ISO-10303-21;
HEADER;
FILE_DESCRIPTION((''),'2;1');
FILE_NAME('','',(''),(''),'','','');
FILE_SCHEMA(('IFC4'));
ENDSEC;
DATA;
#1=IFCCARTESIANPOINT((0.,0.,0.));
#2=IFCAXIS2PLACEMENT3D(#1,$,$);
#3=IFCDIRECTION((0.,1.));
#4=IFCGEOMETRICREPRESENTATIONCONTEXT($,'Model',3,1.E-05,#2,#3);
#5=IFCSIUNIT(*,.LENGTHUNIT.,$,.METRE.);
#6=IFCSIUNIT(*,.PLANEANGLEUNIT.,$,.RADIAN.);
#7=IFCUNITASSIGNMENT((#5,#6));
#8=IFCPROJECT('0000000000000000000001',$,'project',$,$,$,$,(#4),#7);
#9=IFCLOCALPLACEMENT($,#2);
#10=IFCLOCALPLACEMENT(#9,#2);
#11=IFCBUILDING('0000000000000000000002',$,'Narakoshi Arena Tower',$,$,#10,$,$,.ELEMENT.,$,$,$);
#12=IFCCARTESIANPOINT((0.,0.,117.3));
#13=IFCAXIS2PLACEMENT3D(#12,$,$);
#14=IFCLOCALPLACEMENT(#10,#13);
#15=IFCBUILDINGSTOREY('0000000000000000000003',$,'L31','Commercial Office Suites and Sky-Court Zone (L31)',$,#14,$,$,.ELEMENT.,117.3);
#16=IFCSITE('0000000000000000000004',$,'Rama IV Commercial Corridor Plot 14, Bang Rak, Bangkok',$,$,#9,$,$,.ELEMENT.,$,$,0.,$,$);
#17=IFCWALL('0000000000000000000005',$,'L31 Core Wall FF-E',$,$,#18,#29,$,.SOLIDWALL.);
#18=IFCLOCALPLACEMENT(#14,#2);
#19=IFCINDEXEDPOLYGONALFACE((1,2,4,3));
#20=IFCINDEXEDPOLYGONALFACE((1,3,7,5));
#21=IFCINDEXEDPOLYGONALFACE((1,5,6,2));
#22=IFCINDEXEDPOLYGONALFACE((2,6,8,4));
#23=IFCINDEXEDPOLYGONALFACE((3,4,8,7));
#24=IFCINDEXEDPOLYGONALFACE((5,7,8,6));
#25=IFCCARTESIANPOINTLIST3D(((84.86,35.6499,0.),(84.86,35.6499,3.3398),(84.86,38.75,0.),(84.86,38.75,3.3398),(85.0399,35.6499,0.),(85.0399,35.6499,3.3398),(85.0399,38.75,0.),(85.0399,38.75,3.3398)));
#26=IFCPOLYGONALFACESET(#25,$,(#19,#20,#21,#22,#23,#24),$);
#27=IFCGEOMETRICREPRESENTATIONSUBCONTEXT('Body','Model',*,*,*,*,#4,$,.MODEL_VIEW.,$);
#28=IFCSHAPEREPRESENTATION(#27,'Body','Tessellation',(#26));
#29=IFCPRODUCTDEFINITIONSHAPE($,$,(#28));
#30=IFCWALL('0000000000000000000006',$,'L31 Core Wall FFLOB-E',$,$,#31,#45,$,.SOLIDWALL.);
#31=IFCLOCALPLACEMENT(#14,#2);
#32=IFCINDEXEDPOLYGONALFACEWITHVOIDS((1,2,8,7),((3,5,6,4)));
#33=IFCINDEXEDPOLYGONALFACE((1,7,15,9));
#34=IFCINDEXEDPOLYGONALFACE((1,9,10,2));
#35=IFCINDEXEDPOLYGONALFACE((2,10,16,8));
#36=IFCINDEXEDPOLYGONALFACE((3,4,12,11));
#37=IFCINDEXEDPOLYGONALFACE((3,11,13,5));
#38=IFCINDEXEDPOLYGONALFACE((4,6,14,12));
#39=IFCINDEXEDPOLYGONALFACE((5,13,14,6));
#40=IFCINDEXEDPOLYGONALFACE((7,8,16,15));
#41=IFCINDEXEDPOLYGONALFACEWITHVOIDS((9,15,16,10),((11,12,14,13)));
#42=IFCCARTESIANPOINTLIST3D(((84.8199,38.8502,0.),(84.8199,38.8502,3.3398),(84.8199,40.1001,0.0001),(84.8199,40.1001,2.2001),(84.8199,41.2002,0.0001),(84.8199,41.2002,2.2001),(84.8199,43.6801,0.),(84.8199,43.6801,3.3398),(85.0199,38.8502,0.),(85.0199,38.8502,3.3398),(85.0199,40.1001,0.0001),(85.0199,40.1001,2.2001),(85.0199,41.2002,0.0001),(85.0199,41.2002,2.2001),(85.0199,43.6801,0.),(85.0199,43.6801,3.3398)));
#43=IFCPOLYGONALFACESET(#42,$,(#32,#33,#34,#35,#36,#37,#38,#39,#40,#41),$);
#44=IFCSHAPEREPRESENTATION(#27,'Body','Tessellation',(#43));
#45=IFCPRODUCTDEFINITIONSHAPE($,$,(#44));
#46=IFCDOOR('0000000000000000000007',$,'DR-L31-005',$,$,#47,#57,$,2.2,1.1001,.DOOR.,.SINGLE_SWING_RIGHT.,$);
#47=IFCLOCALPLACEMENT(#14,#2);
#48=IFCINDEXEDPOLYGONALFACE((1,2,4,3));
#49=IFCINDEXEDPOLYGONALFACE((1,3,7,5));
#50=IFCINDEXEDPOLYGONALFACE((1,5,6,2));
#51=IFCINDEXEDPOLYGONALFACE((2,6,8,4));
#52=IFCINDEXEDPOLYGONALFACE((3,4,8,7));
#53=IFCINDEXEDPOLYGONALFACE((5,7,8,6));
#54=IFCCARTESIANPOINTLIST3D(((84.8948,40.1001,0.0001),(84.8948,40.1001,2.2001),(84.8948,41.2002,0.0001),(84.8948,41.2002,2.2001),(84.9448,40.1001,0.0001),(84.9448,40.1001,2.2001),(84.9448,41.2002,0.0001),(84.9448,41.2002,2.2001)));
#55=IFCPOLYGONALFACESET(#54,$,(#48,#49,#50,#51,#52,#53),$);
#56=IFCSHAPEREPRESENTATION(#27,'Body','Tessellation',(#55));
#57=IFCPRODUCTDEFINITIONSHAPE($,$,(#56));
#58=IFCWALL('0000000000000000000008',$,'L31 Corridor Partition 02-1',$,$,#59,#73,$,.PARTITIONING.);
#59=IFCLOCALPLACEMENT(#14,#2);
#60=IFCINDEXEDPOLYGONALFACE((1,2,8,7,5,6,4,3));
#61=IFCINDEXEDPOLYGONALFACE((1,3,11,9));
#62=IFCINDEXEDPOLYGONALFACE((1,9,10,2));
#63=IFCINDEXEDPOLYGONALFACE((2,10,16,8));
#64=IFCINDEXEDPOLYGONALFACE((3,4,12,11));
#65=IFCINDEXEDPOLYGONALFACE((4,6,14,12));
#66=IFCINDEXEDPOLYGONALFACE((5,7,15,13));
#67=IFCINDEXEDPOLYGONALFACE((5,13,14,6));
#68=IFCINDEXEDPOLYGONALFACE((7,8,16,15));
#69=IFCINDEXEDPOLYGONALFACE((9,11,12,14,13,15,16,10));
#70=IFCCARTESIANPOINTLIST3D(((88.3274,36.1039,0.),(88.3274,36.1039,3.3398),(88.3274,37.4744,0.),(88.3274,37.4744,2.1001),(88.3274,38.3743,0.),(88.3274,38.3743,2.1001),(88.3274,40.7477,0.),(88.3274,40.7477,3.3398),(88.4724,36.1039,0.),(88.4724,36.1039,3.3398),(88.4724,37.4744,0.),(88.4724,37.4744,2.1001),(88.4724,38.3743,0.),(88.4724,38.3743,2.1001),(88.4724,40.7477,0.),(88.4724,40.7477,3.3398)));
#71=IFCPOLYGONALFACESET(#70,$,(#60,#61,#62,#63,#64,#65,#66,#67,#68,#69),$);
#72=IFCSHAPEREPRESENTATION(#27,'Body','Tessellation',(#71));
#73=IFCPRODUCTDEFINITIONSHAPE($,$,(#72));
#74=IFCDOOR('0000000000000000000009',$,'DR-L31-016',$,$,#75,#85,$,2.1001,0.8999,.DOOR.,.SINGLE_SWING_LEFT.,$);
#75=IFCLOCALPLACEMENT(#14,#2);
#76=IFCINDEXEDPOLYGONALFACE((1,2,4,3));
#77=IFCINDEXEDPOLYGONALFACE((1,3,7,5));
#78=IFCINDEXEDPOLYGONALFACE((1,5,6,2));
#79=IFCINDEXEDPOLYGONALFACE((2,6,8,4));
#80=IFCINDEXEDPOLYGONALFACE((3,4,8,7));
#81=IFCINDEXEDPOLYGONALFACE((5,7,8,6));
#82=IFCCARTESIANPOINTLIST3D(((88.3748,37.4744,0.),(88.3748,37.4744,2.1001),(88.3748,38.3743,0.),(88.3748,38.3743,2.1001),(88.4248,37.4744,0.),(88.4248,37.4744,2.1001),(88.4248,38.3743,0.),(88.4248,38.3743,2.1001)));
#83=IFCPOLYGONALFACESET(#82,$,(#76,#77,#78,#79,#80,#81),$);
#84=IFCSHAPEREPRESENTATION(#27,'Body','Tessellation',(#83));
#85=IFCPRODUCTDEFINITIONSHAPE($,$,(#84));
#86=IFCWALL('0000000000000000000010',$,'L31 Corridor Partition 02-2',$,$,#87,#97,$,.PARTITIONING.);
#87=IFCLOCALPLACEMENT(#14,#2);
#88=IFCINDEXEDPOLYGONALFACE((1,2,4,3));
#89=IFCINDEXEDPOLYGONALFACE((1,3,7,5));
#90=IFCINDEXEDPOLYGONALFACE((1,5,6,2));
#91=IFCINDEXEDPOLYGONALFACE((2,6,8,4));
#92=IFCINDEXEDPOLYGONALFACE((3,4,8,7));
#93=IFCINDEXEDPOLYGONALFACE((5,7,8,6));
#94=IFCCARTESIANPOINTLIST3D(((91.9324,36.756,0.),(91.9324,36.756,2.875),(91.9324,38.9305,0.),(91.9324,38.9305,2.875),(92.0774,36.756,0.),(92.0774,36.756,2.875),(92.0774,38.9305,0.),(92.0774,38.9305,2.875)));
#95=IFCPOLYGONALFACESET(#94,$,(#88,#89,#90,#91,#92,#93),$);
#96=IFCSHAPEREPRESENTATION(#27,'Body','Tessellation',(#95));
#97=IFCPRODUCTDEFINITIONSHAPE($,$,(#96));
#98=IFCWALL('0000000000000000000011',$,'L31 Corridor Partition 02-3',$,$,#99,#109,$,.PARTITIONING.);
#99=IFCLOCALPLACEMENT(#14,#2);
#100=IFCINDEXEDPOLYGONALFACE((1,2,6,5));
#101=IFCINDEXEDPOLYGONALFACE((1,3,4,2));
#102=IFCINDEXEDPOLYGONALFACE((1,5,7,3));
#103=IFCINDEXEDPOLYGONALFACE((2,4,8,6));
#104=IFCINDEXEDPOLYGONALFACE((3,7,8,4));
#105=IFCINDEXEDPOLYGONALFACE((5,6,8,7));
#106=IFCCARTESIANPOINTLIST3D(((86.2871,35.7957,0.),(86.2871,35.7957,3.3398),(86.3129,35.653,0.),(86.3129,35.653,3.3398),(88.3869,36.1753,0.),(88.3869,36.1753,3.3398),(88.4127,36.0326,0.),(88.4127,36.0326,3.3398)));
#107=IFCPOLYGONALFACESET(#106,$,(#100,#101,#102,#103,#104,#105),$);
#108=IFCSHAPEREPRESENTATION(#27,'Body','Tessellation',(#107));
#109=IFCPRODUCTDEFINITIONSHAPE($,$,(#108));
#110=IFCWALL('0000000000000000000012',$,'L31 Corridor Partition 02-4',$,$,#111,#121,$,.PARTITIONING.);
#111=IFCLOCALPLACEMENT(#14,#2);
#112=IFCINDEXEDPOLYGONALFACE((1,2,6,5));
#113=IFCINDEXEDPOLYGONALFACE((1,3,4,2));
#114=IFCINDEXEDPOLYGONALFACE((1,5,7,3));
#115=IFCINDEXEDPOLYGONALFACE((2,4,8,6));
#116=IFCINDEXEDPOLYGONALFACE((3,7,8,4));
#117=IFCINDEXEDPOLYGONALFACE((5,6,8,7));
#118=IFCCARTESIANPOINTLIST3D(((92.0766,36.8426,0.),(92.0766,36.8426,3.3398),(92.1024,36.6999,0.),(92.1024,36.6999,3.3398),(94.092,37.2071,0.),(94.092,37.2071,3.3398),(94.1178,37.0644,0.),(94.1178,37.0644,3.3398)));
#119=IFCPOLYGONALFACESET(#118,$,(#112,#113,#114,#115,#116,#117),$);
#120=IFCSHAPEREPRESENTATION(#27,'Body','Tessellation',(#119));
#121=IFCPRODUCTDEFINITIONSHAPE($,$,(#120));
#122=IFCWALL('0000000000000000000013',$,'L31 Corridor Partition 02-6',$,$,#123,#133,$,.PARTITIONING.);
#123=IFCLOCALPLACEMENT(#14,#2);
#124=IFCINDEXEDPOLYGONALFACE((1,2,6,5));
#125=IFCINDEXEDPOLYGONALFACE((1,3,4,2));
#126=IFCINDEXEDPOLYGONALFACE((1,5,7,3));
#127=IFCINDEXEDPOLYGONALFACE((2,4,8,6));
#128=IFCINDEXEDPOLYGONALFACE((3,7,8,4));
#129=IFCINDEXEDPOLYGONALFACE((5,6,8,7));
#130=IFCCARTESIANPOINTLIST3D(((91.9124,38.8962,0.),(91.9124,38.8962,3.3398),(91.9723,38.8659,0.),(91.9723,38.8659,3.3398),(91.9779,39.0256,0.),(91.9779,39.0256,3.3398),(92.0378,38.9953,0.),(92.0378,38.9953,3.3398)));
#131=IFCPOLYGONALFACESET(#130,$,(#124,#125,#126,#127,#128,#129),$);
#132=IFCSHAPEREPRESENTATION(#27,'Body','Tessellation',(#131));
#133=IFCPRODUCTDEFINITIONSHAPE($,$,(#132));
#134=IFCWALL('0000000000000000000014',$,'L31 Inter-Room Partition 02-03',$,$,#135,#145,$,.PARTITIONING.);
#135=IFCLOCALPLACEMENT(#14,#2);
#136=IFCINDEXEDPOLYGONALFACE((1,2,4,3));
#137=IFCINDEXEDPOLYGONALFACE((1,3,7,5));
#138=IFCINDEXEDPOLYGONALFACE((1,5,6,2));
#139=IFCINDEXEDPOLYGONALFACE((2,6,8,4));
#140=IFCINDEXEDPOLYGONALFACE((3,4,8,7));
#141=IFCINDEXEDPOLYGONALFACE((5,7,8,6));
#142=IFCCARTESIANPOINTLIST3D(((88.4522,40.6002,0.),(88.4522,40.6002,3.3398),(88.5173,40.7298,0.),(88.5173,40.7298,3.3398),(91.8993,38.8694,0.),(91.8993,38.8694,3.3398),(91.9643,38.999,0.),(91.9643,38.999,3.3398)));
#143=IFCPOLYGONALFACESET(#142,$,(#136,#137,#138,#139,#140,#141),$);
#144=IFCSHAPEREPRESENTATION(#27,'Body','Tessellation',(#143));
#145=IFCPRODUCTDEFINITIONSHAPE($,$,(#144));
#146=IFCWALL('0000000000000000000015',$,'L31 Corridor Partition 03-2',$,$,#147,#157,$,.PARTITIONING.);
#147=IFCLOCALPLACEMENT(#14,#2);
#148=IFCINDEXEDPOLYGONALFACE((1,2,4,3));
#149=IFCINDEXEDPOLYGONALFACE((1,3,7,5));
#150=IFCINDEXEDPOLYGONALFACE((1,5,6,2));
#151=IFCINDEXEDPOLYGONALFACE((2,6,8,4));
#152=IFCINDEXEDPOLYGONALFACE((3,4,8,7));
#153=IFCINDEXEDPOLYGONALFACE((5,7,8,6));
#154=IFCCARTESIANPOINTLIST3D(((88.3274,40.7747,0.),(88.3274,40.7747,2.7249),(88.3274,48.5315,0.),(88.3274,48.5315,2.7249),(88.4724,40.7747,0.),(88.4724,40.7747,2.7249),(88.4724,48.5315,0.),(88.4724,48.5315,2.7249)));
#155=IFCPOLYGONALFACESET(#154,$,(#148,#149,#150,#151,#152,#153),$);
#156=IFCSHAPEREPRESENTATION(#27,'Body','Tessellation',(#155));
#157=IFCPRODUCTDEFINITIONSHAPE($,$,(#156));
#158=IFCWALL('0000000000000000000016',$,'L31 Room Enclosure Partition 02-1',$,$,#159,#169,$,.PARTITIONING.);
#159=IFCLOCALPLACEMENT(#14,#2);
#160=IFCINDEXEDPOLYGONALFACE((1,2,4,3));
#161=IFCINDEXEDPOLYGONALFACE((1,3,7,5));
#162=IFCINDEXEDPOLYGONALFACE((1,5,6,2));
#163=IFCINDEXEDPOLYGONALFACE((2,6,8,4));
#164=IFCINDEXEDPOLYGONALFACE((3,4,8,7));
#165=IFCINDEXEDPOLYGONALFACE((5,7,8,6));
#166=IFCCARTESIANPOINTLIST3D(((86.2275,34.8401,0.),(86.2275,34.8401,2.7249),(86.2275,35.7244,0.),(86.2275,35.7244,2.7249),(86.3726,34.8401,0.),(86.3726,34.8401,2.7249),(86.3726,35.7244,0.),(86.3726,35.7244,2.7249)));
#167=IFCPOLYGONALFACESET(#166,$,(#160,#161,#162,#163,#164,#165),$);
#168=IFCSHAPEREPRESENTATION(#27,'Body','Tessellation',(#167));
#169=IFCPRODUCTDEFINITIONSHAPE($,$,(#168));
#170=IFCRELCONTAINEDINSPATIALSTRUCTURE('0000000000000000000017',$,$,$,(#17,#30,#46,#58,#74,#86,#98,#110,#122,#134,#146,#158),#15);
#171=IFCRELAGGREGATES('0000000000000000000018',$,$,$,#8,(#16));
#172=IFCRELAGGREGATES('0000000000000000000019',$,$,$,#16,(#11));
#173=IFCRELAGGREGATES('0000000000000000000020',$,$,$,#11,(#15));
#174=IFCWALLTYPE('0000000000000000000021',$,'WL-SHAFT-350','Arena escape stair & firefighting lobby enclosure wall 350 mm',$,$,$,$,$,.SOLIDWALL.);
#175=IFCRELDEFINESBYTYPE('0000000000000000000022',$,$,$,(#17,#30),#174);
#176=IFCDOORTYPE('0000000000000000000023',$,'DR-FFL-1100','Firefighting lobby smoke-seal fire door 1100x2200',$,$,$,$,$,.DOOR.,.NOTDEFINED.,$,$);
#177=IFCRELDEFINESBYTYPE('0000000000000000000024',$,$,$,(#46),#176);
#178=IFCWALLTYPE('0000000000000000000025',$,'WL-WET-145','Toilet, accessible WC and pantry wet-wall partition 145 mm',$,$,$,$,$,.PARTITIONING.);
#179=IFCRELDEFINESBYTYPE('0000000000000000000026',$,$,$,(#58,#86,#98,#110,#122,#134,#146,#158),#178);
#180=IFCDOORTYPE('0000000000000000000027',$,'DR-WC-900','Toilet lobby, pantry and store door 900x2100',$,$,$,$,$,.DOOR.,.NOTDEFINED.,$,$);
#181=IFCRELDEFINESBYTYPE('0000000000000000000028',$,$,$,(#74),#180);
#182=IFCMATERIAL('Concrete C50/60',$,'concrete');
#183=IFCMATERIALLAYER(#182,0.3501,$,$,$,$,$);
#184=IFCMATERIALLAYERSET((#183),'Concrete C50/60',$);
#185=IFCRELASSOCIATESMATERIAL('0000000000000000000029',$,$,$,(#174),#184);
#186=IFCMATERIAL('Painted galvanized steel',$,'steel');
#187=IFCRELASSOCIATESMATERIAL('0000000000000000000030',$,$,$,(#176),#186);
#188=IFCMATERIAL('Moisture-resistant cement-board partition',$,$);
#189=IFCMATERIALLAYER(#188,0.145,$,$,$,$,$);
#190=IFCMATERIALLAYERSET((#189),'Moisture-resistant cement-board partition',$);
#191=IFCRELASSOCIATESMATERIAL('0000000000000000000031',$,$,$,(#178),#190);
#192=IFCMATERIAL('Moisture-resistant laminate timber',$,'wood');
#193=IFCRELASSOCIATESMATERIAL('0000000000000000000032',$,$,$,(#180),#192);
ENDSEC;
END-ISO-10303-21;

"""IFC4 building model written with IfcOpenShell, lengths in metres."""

from ifc_helpers import new_model, si_unit, direction, frame, frame_2d, origin, place, context, subcontext, project, spatial, rectangle, extrude, material, layer, layer_set, type_object, element, fill, save


model = new_model("IFC4")

# Units and contexts
model_context = context("Model", 3, precision=1e-05, world=origin(), true_north=direction((0.0, 1.0)))
body_context = subcontext(model_context, "Body", "Model", "MODEL_VIEW")
ifc_project = project(units=[si_unit("LENGTHUNIT", "METRE"), si_unit("PLANEANGLEUNIT", "RADIAN")], contexts=[model_context])

# Site, building, storey
site_placement = place(None, origin())
site = spatial("IfcSite", under=ifc_project, at=site_placement, Name="Rama IV Commercial Corridor Plot 14, Bang Rak, Bangkok", CompositionType="ELEMENT", RefElevation=0.0)
building_placement = place(site_placement, origin())
building = spatial("IfcBuilding", under=site, at=building_placement, Name="Narakoshi Arena Tower", CompositionType="ELEMENT")
storey_placement = place(building_placement, frame((0.0, 0.0, 117.3)))
storey = spatial("IfcBuildingStorey", under=building, at=storey_placement, Name="L31", Description="Commercial Office Suites and Sky-Court Zone (L31)", CompositionType="ELEMENT", Elevation=117.3)

# Wall
ifc_material_1 = material(Name="Concrete C50/60", Category="concrete")
ifc_layer_1 = layer(ifc_material_1, 0.3501)
ifc_layer_set_1 = layer_set([ifc_layer_1], Name="Concrete C50/60")
wall_type_1 = type_object("IfcWallType", Name="WL-SHAFT-350", Description="Arena escape stair & firefighting lobby enclosure wall 350 mm", PredefinedType="SOLIDWALL", material=ifc_layer_set_1)
wall_1_placement = place(storey_placement, frame((84.95, 35.6499, 0.0), z_axis=(0.0, 0.0, 1.0), x_axis=(0.0, 1.0, 0.0)))
element("IfcWall", 1, at=wall_1_placement, inside=storey, type_object=wall_type_1, Name="L31 Core Wall FF-E", PredefinedType="SOLIDWALL", context=body_context, shape_type="SweptSolid", body=[
    extrude(rectangle(XDim=3.1001, YDim=0.1799, at=frame_2d((1.55, 0.0))), origin(), (0.0, 0.0, 1.0), 3.3398),
])

# Walls, openings, doors
wall_2_placement = place(storey_placement, frame((84.9199, 38.8501, 0.0), z_axis=(0.0, 0.0, 1.0), x_axis=(0.0, 1.0, 0.0)))
wall_2 = element("IfcWall", 2, at=wall_2_placement, inside=storey, type_object=wall_type_1, Name="L31 Core Wall FFLOB-E", PredefinedType="SOLIDWALL", context=body_context, shape_type="SweptSolid", body=[
    extrude(rectangle(XDim=4.8298, YDim=0.2, at=frame_2d((2.415, 0.0))), origin(), (0.0, 0.0, 1.0), 3.3398),
])
opening_1_placement = place(wall_2_placement, frame((1.25, 0.0, 0.0)))
opening_1 = element("IfcOpeningElement", 3, at=opening_1_placement, cuts=wall_2, PredefinedType="OPENING", context=body_context, shape_type="SweptSolid", body=[
    extrude(rectangle(XDim=1.1001, YDim=2.2, at=frame_2d((0.55, 1.1001))), frame((0.0, 0.1099, 0.0), z_axis=(0.0, -1.0, 0.0), x_axis=(1.0, 0.0, 0.0)), (0.0, 0.0, 1.0), 0.22),
])
ifc_material_2 = material(Name="Painted galvanized steel", Category="steel")
door_type_1 = type_object("IfcDoorType", Name="DR-FFL-1100", Description="Firefighting lobby smoke-seal fire door 1100x2200", OperationType="NOTDEFINED", PredefinedType="DOOR", material=ifc_material_2)
door_1_placement = place(opening_1_placement, frame((1.1001, 0.0, 0.0), z_axis=(0.0, 0.0, 1.0), x_axis=(-1.0, 0.0, 0.0)))
door_1 = element("IfcDoor", 4, at=door_1_placement, inside=storey, type_object=door_type_1, Name="DR-L31-005", OperationType="SINGLE_SWING_RIGHT", OverallHeight=2.2, OverallWidth=1.1001, PredefinedType="DOOR", context=body_context, shape_type="SweptSolid", body=[
    extrude(rectangle(XDim=1.1001, YDim=2.2, at=frame_2d((0.55, 1.1001))), frame((0.0, 0.0249, 0.0), z_axis=(0.0, -1.0, 0.0), x_axis=(1.0, 0.0, 0.0)), (0.0, 0.0, 1.0), 0.05),
])
fill(opening_1, door_1)
ifc_material_3 = material(Name="Moisture-resistant cement-board partition")
ifc_layer_2 = layer(ifc_material_3, 0.145)
ifc_layer_set_2 = layer_set([ifc_layer_2], Name="Moisture-resistant cement-board partition")
wall_type_2 = type_object("IfcWallType", Name="WL-WET-145", Description="Toilet, accessible WC and pantry wet-wall partition 145 mm", PredefinedType="PARTITIONING", material=ifc_layer_set_2)
wall_3_placement = place(storey_placement, frame((88.3999, 36.104, 0.0), z_axis=(0.0, 0.0, 1.0), x_axis=(0.0, 1.0, 0.0)))
wall_3 = element("IfcWall", 5, at=wall_3_placement, inside=storey, type_object=wall_type_2, Name="L31 Corridor Partition 02-1", PredefinedType="PARTITIONING", context=body_context, shape_type="SweptSolid", body=[
    extrude(rectangle(XDim=4.6438, YDim=0.145, at=frame_2d((2.3218, 0.0))), origin(), (0.0, 0.0, 1.0), 3.3398),
])
opening_2_placement = place(wall_3_placement, frame((1.3704, 0.0, 0.0)))
opening_2 = element("IfcOpeningElement", 6, at=opening_2_placement, cuts=wall_3, PredefinedType="OPENING", context=body_context, shape_type="SweptSolid", body=[
    extrude(rectangle(XDim=0.8999, YDim=2.1001, at=frame_2d((0.45, 1.05))), frame((0.0, 0.0825, 0.0), z_axis=(0.0, -1.0, 0.0), x_axis=(1.0, 0.0, 0.0)), (0.0, 0.0, 1.0), 0.165),
])
ifc_material_4 = material(Name="Moisture-resistant laminate timber", Category="wood")
door_type_2 = type_object("IfcDoorType", Name="DR-WC-900", Description="Toilet lobby, pantry and store door 900x2100", OperationType="NOTDEFINED", PredefinedType="DOOR", material=ifc_material_4)
door_2_placement = place(opening_2_placement, frame((0.8999, 0.0, 0.0), z_axis=(0.0, 0.0, 1.0), x_axis=(-1.0, 0.0, 0.0)))
door_2 = element("IfcDoor", 7, at=door_2_placement, inside=storey, type_object=door_type_2, Name="DR-L31-016", OperationType="SINGLE_SWING_LEFT", OverallHeight=2.1001, OverallWidth=0.8999, PredefinedType="DOOR", context=body_context, shape_type="SweptSolid", body=[
    extrude(rectangle(XDim=0.8999, YDim=2.1001, at=frame_2d((0.45, 1.05))), frame((0.0, 0.0249, 0.0), z_axis=(0.0, -1.0, 0.0), x_axis=(1.0, 0.0, 0.0)), (0.0, 0.0, 1.0), 0.05),
])
fill(opening_2, door_2)

# Walls
wall_4_placement = place(storey_placement, frame((92.0049, 38.9307, 0.0), z_axis=(0.0, 0.0, 1.0), x_axis=(0.0, -1.0, 0.0)))
element("IfcWall", 8, at=wall_4_placement, inside=storey, type_object=wall_type_2, Name="L31 Corridor Partition 02-2", PredefinedType="PARTITIONING", context=body_context, shape_type="SweptSolid", body=[
    extrude(rectangle(XDim=2.1746, YDim=0.145, at=frame_2d((1.0874, 0.0))), origin(), (0.0, 0.0, 1.0), 2.875),
])
wall_5_placement = place(storey_placement, frame((86.3, 35.7244, 0.0), z_axis=(0.0, 0.0, 1.0), x_axis=(0.984047, 0.177909, 0.0)))
element("IfcWall", 9, at=wall_5_placement, inside=storey, type_object=wall_type_2, Name="L31 Corridor Partition 02-3", PredefinedType="PARTITIONING", context=body_context, shape_type="SweptSolid", body=[
    extrude(rectangle(XDim=2.1338, YDim=0.145, at=frame_2d((1.0669, 0.0))), origin(), (0.0, 0.0, 1.0), 3.3398),
])
wall_6_placement = place(storey_placement, frame((92.0896, 36.7712, 0.0), z_axis=(0.0, 0.0, 1.0), x_axis=(0.984035, 0.177973, 0.0)))
element("IfcWall", 10, at=wall_6_placement, inside=storey, type_object=wall_type_2, Name="L31 Corridor Partition 02-4", PredefinedType="PARTITIONING", context=body_context, shape_type="SweptSolid", body=[
    extrude(rectangle(XDim=2.0481, YDim=0.145, at=frame_2d((1.0239, 0.0))), origin(), (0.0, 0.0, 1.0), 3.3398),
])
wall_7_placement = place(storey_placement, frame((91.9451, 38.9609, 0.0), z_axis=(0.0, 0.0, 1.0), x_axis=(0.892231, -0.451578, 0.0)))
element("IfcWall", 11, at=wall_7_placement, inside=storey, type_object=wall_type_2, Name="L31 Corridor Partition 02-6", PredefinedType="PARTITIONING", context=body_context, shape_type="SweptSolid", body=[
    extrude(rectangle(XDim=0.0671, YDim=0.145, at=frame_2d((0.0337, 0.0))), origin(), (0.0, 0.0, 1.0), 3.3398),
])
wall_8_placement = place(storey_placement, frame((88.4846, 40.665, 0.0), z_axis=(0.0, 0.0, 1.0), x_axis=(0.893679, -0.448707, 0.0)))
element("IfcWall", 12, at=wall_8_placement, inside=storey, type_object=wall_type_2, Name="L31 Inter-Room Partition 02-03", PredefinedType="PARTITIONING", context=body_context, shape_type="SweptSolid", body=[
    extrude(rectangle(XDim=3.8572, YDim=0.145, at=frame_2d((1.9287, 0.0))), origin(), (0.0, 0.0, 1.0), 3.3398),
])
wall_9_placement = place(storey_placement, frame((88.3999, 40.7747, 0.0), z_axis=(0.0, 0.0, 1.0), x_axis=(0.0, 1.0, 0.0)))
element("IfcWall", 13, at=wall_9_placement, inside=storey, type_object=wall_type_2, Name="L31 Corridor Partition 03-2", PredefinedType="PARTITIONING", context=body_context, shape_type="SweptSolid", body=[
    extrude(rectangle(XDim=7.7568, YDim=0.145, at=frame_2d((3.8784, 0.0))), origin(), (0.0, 0.0, 1.0), 2.7249),
])
wall_10_placement = place(storey_placement, frame((86.3, 34.8401, 0.0), z_axis=(0.0, 0.0, 1.0), x_axis=(0.0, 1.0, 0.0)))
element("IfcWall", 14, at=wall_10_placement, inside=storey, type_object=wall_type_2, Name="L31 Room Enclosure Partition 02-1", PredefinedType="PARTITIONING", context=body_context, shape_type="SweptSolid", body=[
    extrude(rectangle(XDim=0.8843, YDim=0.145, at=frame_2d((0.4421, 0.0))), origin(), (0.0, 0.0, 1.0), 2.7249),
])

save(model, "model.ifc")
